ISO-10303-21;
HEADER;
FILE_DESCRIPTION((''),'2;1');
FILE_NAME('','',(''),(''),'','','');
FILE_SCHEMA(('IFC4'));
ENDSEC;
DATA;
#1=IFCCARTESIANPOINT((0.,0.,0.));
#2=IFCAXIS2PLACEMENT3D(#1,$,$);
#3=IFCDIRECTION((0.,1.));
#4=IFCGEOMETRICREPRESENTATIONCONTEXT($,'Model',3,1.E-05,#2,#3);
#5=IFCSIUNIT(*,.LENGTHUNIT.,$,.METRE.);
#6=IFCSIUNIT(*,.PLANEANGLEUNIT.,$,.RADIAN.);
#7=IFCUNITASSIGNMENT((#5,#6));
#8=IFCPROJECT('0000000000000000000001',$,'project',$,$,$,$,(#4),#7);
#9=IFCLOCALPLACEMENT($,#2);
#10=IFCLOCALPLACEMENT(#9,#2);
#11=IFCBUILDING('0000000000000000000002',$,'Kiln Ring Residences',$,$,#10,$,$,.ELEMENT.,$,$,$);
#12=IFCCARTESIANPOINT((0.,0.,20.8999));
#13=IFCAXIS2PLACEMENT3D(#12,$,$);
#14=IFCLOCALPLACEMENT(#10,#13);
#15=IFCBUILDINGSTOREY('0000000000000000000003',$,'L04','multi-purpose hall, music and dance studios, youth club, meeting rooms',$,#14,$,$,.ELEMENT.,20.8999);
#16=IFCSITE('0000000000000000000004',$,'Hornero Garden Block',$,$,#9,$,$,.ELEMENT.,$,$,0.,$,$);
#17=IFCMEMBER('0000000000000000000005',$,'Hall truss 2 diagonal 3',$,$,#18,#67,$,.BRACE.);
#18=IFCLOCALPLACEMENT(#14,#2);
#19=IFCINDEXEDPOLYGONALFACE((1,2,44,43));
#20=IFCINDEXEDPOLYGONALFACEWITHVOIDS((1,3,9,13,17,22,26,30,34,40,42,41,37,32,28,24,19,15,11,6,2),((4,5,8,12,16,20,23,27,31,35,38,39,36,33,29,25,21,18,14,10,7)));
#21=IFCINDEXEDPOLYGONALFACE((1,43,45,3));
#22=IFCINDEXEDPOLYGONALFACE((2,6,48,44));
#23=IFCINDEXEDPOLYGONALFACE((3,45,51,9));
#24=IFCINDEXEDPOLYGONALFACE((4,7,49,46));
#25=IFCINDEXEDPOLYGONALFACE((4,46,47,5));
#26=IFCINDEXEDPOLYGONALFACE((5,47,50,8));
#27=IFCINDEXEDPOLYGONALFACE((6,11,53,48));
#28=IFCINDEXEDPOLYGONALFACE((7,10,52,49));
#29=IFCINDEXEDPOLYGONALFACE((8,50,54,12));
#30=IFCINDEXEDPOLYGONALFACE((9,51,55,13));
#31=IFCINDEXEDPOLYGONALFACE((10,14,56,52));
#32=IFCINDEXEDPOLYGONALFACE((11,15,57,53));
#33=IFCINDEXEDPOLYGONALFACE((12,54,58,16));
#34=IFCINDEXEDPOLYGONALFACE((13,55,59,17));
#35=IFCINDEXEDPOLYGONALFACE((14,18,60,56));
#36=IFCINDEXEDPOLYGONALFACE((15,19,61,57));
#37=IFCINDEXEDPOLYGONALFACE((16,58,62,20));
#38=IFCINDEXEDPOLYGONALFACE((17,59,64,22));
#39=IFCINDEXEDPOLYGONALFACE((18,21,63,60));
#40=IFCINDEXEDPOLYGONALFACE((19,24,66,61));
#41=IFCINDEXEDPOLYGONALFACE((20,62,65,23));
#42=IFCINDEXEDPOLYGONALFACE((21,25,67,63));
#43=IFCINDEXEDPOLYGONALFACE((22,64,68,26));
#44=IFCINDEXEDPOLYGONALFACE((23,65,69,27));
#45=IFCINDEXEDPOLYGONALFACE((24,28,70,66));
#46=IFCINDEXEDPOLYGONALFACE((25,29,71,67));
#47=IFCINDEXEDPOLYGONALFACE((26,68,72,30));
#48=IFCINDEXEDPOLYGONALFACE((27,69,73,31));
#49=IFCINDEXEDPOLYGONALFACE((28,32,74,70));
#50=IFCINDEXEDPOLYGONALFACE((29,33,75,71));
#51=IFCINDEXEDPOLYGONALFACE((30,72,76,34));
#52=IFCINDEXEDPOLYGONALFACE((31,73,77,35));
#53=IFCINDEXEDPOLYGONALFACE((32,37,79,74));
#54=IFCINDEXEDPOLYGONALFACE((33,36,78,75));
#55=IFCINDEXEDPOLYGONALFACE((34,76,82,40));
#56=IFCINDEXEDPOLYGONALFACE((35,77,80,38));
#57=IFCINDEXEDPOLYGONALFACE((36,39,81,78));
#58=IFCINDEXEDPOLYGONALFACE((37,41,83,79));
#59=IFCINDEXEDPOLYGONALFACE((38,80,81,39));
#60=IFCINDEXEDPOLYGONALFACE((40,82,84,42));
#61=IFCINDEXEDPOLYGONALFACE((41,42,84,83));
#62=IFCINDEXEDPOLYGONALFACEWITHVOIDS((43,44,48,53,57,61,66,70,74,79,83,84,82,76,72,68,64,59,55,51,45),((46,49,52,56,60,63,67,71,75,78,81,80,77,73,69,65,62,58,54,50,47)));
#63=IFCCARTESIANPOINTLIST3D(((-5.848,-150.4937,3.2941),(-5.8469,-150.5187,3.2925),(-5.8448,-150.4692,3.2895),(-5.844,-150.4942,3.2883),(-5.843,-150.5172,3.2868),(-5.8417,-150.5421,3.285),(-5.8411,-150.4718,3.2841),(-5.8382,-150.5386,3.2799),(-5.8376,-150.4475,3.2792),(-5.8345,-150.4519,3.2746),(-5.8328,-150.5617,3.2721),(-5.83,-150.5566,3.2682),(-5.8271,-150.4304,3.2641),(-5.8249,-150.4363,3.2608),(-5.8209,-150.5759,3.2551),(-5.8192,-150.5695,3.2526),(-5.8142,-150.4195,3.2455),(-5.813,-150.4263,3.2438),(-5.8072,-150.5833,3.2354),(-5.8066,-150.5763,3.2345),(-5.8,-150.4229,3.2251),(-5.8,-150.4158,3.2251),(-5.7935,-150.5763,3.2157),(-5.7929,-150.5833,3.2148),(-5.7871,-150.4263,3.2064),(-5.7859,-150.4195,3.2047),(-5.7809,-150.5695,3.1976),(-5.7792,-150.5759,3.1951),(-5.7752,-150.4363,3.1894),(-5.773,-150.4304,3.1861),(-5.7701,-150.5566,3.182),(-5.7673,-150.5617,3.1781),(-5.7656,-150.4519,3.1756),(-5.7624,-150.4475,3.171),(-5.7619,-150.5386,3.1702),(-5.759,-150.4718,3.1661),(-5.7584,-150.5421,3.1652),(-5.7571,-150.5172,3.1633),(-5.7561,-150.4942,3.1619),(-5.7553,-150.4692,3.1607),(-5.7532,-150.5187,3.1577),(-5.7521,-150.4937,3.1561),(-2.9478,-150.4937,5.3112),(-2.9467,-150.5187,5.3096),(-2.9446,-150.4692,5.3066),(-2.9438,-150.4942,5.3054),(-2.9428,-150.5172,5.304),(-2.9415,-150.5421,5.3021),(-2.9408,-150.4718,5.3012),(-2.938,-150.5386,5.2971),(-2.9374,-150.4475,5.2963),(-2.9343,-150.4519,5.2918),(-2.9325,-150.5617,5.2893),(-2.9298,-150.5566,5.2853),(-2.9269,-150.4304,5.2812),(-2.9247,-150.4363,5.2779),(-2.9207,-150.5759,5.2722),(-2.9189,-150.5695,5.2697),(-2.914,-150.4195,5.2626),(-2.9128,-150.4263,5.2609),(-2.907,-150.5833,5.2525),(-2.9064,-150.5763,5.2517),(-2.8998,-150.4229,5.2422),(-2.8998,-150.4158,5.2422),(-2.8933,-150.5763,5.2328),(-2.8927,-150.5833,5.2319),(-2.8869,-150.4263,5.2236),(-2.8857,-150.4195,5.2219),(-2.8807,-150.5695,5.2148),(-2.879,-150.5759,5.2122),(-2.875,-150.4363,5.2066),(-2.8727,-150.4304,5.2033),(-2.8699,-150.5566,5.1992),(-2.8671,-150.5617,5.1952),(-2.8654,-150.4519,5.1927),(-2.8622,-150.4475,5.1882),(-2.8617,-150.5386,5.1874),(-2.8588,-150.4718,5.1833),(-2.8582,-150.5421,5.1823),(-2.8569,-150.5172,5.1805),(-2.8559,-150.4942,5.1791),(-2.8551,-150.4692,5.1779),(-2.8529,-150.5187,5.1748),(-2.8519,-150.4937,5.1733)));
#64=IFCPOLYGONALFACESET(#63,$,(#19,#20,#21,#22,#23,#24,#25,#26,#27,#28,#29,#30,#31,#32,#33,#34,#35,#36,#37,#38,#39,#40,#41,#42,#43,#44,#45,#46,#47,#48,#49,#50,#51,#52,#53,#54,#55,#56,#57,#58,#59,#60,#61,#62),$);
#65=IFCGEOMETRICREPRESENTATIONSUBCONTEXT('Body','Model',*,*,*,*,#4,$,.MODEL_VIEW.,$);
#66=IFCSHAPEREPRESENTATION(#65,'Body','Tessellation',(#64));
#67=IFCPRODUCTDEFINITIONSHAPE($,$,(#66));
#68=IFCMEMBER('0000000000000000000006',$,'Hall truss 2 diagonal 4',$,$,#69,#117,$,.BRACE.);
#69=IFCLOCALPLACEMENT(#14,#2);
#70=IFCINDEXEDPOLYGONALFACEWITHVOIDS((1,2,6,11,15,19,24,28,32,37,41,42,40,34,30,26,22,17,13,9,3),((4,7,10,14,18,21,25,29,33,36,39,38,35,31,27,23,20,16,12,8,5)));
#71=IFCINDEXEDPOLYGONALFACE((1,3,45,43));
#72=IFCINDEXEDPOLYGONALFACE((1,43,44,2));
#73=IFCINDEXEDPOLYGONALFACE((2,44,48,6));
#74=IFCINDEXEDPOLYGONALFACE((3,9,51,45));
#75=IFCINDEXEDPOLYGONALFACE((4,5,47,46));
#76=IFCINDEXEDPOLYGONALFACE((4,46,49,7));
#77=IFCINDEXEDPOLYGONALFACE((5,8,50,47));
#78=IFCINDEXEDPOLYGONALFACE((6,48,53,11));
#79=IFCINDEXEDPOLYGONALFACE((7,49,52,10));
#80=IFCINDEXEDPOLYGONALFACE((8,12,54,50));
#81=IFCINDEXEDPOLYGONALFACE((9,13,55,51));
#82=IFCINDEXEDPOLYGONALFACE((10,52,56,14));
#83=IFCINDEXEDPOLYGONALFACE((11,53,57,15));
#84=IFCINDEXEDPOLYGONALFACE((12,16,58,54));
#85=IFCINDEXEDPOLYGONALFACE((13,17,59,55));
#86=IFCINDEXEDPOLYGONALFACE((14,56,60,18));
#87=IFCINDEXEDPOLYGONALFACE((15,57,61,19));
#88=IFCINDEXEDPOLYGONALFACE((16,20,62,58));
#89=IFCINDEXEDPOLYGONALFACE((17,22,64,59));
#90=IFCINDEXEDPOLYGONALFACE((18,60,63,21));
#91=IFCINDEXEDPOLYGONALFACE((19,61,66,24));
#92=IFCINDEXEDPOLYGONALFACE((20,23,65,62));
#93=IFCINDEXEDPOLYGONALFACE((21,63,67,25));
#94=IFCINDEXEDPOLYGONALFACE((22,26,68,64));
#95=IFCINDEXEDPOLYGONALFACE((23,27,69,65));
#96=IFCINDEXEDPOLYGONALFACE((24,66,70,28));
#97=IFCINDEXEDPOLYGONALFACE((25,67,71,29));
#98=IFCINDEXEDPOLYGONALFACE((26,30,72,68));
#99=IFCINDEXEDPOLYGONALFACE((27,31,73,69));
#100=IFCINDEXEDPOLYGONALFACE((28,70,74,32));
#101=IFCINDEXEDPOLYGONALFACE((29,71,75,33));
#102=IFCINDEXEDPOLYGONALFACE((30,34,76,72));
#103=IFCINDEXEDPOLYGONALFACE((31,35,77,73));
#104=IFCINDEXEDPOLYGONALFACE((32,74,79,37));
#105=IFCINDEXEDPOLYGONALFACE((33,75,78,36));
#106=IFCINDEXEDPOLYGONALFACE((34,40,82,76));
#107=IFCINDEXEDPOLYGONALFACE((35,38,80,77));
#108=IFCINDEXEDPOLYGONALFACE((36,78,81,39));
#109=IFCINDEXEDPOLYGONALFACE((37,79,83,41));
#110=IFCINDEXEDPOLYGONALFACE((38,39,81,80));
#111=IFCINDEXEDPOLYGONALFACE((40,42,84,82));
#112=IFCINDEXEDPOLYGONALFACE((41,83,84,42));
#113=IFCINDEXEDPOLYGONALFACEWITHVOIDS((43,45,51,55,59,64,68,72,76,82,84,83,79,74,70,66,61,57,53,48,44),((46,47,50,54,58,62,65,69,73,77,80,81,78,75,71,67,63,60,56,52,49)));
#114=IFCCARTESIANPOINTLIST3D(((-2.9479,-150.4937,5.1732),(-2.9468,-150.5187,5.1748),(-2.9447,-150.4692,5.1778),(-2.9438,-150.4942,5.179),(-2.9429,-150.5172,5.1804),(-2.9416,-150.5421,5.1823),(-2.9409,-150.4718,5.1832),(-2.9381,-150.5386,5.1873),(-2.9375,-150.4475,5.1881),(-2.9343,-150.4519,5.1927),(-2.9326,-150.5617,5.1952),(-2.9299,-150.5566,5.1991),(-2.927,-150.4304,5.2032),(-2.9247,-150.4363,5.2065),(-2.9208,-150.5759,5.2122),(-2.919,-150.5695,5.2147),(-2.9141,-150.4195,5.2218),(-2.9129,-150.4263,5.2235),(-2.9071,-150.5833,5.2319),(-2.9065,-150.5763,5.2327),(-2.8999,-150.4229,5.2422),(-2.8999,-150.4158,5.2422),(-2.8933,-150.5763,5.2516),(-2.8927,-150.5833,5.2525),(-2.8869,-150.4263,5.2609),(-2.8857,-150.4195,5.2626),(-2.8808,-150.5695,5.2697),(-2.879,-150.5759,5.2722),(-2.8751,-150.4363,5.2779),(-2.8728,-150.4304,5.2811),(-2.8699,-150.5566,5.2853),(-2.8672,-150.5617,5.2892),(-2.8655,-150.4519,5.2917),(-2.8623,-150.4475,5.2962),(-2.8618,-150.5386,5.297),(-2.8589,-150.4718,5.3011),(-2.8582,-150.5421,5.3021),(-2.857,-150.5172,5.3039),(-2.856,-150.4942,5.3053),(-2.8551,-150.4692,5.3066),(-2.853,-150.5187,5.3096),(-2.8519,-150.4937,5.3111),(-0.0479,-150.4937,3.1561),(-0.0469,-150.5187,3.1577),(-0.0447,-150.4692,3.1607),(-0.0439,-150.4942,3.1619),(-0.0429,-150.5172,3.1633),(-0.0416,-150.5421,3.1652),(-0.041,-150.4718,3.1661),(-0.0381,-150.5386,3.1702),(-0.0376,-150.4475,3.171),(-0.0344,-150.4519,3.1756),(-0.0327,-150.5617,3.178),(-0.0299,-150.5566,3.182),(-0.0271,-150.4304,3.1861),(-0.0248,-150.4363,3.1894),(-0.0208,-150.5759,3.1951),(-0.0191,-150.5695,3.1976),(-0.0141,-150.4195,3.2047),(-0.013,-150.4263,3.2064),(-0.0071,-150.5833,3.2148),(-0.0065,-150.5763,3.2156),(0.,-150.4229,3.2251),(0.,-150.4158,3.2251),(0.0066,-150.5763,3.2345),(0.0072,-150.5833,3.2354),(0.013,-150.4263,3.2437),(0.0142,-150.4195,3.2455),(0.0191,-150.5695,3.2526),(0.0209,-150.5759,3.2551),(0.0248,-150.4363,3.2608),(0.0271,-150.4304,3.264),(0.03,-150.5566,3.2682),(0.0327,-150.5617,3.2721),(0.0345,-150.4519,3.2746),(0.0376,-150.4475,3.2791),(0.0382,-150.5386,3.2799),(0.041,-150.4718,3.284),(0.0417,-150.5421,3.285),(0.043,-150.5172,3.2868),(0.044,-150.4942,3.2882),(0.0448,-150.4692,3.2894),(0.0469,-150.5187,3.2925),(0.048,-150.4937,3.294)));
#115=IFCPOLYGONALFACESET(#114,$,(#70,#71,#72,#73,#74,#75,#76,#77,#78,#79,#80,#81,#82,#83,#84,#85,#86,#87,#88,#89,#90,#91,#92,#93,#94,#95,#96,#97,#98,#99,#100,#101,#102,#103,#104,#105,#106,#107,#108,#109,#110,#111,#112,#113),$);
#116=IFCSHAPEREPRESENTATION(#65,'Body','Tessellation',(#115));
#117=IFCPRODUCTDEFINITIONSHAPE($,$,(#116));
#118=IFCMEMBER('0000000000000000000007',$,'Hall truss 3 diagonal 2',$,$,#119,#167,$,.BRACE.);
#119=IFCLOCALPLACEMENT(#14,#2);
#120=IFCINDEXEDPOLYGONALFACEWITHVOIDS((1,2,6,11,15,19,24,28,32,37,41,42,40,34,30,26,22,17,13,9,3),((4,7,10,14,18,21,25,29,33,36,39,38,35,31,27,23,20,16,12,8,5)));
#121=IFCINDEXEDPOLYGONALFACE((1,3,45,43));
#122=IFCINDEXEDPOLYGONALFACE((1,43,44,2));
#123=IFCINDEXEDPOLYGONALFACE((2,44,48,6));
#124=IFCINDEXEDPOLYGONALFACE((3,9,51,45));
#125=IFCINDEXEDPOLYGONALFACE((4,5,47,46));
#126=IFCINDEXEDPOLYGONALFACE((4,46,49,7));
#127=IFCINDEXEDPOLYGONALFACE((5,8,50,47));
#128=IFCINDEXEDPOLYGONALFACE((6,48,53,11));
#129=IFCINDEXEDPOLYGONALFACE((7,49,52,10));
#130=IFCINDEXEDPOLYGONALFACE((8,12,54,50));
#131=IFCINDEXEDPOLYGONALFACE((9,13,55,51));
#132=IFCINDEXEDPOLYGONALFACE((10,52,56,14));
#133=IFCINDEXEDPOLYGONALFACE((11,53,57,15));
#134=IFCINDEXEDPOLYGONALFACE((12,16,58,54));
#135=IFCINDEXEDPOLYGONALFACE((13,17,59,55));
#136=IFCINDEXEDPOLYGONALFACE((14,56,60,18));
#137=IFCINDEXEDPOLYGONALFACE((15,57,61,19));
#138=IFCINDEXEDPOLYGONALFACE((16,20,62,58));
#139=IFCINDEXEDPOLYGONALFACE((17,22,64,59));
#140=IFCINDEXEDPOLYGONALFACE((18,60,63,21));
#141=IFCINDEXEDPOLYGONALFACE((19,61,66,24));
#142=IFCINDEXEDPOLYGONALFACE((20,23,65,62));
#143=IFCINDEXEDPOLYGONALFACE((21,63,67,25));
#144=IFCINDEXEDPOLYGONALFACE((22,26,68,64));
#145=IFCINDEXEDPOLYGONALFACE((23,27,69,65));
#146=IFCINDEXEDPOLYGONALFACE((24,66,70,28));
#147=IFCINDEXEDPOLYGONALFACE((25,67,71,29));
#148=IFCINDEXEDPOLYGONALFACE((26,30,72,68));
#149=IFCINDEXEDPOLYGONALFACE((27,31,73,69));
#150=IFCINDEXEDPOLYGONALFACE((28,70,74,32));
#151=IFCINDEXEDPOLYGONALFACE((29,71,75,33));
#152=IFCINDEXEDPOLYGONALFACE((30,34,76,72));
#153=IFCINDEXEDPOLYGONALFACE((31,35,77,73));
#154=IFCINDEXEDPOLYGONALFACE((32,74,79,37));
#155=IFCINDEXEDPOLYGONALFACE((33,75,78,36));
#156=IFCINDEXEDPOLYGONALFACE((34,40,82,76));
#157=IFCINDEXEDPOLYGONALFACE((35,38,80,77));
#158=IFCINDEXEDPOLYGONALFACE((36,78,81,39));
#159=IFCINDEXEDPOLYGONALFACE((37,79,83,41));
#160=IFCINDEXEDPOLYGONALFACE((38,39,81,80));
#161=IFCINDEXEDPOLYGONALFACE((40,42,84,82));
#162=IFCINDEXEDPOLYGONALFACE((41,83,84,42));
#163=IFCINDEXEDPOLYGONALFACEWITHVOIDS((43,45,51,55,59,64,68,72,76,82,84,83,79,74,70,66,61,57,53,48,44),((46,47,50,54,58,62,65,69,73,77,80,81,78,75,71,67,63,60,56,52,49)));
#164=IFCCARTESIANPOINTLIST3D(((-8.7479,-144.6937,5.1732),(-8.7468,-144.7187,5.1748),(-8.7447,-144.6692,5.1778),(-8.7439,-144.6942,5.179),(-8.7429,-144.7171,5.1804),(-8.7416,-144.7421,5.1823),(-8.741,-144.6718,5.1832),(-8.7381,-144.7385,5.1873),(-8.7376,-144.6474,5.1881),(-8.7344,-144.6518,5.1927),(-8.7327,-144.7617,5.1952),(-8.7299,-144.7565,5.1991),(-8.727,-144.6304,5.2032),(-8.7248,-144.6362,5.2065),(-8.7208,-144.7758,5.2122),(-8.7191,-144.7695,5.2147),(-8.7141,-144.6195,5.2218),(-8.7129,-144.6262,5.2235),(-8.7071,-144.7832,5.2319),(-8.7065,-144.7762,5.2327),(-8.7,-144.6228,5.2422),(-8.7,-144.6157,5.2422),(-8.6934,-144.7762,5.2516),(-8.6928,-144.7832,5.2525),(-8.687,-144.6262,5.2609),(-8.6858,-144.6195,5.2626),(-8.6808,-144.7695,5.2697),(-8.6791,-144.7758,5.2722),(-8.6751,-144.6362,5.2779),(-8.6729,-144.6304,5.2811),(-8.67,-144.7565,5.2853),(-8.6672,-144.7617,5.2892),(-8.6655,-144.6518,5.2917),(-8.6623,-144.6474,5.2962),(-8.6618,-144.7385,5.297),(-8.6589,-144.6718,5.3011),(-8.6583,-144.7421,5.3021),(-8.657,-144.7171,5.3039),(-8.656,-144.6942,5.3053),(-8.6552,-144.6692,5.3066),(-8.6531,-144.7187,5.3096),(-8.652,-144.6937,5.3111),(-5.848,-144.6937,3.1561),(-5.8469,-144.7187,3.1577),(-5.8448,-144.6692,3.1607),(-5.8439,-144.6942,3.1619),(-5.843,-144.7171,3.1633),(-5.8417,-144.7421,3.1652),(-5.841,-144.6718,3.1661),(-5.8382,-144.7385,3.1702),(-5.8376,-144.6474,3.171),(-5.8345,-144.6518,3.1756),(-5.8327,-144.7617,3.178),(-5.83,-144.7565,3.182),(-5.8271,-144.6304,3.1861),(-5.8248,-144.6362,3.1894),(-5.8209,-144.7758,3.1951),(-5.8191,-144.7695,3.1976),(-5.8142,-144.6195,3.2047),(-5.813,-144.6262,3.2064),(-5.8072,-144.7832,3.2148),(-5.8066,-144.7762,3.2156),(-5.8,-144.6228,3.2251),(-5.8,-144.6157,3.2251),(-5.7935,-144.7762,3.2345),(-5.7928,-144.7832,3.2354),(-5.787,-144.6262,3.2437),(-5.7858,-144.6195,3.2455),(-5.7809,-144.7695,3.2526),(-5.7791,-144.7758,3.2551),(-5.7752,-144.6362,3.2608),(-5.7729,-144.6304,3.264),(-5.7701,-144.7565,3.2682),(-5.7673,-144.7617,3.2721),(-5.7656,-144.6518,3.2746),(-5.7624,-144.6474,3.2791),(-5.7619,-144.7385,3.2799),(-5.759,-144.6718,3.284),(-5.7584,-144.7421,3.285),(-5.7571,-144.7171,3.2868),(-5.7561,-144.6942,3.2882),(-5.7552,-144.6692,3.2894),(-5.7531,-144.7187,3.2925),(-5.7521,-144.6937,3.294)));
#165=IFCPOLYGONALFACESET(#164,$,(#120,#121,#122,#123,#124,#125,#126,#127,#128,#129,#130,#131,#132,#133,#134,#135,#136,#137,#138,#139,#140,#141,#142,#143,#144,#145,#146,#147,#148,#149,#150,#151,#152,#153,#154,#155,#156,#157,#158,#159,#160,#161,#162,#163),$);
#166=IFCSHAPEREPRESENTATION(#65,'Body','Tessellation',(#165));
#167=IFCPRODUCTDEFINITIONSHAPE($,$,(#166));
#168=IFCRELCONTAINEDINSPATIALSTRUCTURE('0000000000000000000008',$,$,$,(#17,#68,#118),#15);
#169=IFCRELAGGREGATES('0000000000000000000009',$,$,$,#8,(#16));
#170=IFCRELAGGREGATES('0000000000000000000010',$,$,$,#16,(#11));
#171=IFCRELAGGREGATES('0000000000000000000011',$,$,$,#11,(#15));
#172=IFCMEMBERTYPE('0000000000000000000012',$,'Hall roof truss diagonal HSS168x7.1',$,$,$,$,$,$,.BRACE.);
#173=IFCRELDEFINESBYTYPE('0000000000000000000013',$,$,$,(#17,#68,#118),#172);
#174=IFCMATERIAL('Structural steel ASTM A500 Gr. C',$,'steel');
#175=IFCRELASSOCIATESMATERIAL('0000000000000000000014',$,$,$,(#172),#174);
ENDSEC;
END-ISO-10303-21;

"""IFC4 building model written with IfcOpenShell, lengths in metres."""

from ifc_helpers import new_model, si_unit, direction, frame, origin, origin_2d, place, context, subcontext, project, spatial, hollow_circle, extrude, material, material_profile, profile_set, type_object, element, save


model = new_model("IFC4")

# Units and contexts
model_context = context("Model", 3, precision=1e-05, world=origin(), true_north=direction((0.0, 1.0)))
body_context = subcontext(model_context, "Body", "Model", "MODEL_VIEW")
ifc_project = project(units=[si_unit("LENGTHUNIT", "METRE"), si_unit("PLANEANGLEUNIT", "RADIAN")], contexts=[model_context])

# Site, building, storey
site_placement = place(None, origin())
site = spatial("IfcSite", under=ifc_project, at=site_placement, Name="Hornero Garden Block", CompositionType="ELEMENT", RefElevation=0.0)
building_placement = place(site_placement, origin())
building = spatial("IfcBuilding", under=site, at=building_placement, Name="Kiln Ring Residences", CompositionType="ELEMENT")
storey_placement = place(building_placement, frame((0.0, 0.0, 20.8999)))
storey = spatial("IfcBuildingStorey", under=building, at=storey_placement, Name="L04", Description="multi-purpose hall, music and dance studios, youth club, meeting rooms", CompositionType="ELEMENT", Elevation=20.8999)

# Members
ifc_material_1 = material(Name="Structural steel ASTM A500 Gr. C", Category="steel")
ifc_material_profile_1 = material_profile(ifc_material_1, hollow_circle(Radius=0.0842, WallThickness=0.0071, at=origin_2d()), Name="HSS168x7.1")
ifc_profile_set_1 = profile_set([ifc_material_profile_1], Name="Structural steel ASTM A500 Gr. C")
member_type_1 = type_object("IfcMemberType", Name="Hall roof truss diagonal HSS168x7.1", PredefinedType="BRACE", material=ifc_profile_set_1)
member_1_placement = place(storey_placement, frame((-5.8, -150.5, 3.2251), z_axis=(0.820959, 0.0, 0.570988), x_axis=(0.0, 1.0, 0.0)))
element("IfcMember", 1, at=member_1_placement, inside=storey, type_object=member_type_1, Name="Hall truss 2 diagonal 3", PredefinedType="BRACE", context=body_context, shape_type="SweptSolid", body=[
    extrude(hollow_circle(Radius=0.0842, WallThickness=0.0071, at=origin_2d()), origin(), (0.0, 0.0, 1.0), 3.5327),
])
for number, where, z_axis, x_axis, name in (
    (2, (-2.8999, -150.5, 5.2422), (0.820936, 0.0, -0.57102), (0.0, 1.0, 0.0), "Hall truss 2 diagonal 4"),
    (3, (-8.7, -144.7, 5.2422), (0.820936, 0.0, -0.57102), (0.0, 1.0, 0.0), "Hall truss 3 diagonal 2"),
):
    element("IfcMember", number, at=place(storey_placement, frame(where, z_axis=z_axis, x_axis=x_axis)), inside=storey, type_object=member_type_1, Name=name, PredefinedType="BRACE", context=body_context, shape_type="SweptSolid", body=[
        extrude(hollow_circle(Radius=0.0842, WallThickness=0.0071, at=origin_2d()), origin(), (0.0, 0.0, 1.0), 3.5325),
    ])

save(model, "model.ifc")
